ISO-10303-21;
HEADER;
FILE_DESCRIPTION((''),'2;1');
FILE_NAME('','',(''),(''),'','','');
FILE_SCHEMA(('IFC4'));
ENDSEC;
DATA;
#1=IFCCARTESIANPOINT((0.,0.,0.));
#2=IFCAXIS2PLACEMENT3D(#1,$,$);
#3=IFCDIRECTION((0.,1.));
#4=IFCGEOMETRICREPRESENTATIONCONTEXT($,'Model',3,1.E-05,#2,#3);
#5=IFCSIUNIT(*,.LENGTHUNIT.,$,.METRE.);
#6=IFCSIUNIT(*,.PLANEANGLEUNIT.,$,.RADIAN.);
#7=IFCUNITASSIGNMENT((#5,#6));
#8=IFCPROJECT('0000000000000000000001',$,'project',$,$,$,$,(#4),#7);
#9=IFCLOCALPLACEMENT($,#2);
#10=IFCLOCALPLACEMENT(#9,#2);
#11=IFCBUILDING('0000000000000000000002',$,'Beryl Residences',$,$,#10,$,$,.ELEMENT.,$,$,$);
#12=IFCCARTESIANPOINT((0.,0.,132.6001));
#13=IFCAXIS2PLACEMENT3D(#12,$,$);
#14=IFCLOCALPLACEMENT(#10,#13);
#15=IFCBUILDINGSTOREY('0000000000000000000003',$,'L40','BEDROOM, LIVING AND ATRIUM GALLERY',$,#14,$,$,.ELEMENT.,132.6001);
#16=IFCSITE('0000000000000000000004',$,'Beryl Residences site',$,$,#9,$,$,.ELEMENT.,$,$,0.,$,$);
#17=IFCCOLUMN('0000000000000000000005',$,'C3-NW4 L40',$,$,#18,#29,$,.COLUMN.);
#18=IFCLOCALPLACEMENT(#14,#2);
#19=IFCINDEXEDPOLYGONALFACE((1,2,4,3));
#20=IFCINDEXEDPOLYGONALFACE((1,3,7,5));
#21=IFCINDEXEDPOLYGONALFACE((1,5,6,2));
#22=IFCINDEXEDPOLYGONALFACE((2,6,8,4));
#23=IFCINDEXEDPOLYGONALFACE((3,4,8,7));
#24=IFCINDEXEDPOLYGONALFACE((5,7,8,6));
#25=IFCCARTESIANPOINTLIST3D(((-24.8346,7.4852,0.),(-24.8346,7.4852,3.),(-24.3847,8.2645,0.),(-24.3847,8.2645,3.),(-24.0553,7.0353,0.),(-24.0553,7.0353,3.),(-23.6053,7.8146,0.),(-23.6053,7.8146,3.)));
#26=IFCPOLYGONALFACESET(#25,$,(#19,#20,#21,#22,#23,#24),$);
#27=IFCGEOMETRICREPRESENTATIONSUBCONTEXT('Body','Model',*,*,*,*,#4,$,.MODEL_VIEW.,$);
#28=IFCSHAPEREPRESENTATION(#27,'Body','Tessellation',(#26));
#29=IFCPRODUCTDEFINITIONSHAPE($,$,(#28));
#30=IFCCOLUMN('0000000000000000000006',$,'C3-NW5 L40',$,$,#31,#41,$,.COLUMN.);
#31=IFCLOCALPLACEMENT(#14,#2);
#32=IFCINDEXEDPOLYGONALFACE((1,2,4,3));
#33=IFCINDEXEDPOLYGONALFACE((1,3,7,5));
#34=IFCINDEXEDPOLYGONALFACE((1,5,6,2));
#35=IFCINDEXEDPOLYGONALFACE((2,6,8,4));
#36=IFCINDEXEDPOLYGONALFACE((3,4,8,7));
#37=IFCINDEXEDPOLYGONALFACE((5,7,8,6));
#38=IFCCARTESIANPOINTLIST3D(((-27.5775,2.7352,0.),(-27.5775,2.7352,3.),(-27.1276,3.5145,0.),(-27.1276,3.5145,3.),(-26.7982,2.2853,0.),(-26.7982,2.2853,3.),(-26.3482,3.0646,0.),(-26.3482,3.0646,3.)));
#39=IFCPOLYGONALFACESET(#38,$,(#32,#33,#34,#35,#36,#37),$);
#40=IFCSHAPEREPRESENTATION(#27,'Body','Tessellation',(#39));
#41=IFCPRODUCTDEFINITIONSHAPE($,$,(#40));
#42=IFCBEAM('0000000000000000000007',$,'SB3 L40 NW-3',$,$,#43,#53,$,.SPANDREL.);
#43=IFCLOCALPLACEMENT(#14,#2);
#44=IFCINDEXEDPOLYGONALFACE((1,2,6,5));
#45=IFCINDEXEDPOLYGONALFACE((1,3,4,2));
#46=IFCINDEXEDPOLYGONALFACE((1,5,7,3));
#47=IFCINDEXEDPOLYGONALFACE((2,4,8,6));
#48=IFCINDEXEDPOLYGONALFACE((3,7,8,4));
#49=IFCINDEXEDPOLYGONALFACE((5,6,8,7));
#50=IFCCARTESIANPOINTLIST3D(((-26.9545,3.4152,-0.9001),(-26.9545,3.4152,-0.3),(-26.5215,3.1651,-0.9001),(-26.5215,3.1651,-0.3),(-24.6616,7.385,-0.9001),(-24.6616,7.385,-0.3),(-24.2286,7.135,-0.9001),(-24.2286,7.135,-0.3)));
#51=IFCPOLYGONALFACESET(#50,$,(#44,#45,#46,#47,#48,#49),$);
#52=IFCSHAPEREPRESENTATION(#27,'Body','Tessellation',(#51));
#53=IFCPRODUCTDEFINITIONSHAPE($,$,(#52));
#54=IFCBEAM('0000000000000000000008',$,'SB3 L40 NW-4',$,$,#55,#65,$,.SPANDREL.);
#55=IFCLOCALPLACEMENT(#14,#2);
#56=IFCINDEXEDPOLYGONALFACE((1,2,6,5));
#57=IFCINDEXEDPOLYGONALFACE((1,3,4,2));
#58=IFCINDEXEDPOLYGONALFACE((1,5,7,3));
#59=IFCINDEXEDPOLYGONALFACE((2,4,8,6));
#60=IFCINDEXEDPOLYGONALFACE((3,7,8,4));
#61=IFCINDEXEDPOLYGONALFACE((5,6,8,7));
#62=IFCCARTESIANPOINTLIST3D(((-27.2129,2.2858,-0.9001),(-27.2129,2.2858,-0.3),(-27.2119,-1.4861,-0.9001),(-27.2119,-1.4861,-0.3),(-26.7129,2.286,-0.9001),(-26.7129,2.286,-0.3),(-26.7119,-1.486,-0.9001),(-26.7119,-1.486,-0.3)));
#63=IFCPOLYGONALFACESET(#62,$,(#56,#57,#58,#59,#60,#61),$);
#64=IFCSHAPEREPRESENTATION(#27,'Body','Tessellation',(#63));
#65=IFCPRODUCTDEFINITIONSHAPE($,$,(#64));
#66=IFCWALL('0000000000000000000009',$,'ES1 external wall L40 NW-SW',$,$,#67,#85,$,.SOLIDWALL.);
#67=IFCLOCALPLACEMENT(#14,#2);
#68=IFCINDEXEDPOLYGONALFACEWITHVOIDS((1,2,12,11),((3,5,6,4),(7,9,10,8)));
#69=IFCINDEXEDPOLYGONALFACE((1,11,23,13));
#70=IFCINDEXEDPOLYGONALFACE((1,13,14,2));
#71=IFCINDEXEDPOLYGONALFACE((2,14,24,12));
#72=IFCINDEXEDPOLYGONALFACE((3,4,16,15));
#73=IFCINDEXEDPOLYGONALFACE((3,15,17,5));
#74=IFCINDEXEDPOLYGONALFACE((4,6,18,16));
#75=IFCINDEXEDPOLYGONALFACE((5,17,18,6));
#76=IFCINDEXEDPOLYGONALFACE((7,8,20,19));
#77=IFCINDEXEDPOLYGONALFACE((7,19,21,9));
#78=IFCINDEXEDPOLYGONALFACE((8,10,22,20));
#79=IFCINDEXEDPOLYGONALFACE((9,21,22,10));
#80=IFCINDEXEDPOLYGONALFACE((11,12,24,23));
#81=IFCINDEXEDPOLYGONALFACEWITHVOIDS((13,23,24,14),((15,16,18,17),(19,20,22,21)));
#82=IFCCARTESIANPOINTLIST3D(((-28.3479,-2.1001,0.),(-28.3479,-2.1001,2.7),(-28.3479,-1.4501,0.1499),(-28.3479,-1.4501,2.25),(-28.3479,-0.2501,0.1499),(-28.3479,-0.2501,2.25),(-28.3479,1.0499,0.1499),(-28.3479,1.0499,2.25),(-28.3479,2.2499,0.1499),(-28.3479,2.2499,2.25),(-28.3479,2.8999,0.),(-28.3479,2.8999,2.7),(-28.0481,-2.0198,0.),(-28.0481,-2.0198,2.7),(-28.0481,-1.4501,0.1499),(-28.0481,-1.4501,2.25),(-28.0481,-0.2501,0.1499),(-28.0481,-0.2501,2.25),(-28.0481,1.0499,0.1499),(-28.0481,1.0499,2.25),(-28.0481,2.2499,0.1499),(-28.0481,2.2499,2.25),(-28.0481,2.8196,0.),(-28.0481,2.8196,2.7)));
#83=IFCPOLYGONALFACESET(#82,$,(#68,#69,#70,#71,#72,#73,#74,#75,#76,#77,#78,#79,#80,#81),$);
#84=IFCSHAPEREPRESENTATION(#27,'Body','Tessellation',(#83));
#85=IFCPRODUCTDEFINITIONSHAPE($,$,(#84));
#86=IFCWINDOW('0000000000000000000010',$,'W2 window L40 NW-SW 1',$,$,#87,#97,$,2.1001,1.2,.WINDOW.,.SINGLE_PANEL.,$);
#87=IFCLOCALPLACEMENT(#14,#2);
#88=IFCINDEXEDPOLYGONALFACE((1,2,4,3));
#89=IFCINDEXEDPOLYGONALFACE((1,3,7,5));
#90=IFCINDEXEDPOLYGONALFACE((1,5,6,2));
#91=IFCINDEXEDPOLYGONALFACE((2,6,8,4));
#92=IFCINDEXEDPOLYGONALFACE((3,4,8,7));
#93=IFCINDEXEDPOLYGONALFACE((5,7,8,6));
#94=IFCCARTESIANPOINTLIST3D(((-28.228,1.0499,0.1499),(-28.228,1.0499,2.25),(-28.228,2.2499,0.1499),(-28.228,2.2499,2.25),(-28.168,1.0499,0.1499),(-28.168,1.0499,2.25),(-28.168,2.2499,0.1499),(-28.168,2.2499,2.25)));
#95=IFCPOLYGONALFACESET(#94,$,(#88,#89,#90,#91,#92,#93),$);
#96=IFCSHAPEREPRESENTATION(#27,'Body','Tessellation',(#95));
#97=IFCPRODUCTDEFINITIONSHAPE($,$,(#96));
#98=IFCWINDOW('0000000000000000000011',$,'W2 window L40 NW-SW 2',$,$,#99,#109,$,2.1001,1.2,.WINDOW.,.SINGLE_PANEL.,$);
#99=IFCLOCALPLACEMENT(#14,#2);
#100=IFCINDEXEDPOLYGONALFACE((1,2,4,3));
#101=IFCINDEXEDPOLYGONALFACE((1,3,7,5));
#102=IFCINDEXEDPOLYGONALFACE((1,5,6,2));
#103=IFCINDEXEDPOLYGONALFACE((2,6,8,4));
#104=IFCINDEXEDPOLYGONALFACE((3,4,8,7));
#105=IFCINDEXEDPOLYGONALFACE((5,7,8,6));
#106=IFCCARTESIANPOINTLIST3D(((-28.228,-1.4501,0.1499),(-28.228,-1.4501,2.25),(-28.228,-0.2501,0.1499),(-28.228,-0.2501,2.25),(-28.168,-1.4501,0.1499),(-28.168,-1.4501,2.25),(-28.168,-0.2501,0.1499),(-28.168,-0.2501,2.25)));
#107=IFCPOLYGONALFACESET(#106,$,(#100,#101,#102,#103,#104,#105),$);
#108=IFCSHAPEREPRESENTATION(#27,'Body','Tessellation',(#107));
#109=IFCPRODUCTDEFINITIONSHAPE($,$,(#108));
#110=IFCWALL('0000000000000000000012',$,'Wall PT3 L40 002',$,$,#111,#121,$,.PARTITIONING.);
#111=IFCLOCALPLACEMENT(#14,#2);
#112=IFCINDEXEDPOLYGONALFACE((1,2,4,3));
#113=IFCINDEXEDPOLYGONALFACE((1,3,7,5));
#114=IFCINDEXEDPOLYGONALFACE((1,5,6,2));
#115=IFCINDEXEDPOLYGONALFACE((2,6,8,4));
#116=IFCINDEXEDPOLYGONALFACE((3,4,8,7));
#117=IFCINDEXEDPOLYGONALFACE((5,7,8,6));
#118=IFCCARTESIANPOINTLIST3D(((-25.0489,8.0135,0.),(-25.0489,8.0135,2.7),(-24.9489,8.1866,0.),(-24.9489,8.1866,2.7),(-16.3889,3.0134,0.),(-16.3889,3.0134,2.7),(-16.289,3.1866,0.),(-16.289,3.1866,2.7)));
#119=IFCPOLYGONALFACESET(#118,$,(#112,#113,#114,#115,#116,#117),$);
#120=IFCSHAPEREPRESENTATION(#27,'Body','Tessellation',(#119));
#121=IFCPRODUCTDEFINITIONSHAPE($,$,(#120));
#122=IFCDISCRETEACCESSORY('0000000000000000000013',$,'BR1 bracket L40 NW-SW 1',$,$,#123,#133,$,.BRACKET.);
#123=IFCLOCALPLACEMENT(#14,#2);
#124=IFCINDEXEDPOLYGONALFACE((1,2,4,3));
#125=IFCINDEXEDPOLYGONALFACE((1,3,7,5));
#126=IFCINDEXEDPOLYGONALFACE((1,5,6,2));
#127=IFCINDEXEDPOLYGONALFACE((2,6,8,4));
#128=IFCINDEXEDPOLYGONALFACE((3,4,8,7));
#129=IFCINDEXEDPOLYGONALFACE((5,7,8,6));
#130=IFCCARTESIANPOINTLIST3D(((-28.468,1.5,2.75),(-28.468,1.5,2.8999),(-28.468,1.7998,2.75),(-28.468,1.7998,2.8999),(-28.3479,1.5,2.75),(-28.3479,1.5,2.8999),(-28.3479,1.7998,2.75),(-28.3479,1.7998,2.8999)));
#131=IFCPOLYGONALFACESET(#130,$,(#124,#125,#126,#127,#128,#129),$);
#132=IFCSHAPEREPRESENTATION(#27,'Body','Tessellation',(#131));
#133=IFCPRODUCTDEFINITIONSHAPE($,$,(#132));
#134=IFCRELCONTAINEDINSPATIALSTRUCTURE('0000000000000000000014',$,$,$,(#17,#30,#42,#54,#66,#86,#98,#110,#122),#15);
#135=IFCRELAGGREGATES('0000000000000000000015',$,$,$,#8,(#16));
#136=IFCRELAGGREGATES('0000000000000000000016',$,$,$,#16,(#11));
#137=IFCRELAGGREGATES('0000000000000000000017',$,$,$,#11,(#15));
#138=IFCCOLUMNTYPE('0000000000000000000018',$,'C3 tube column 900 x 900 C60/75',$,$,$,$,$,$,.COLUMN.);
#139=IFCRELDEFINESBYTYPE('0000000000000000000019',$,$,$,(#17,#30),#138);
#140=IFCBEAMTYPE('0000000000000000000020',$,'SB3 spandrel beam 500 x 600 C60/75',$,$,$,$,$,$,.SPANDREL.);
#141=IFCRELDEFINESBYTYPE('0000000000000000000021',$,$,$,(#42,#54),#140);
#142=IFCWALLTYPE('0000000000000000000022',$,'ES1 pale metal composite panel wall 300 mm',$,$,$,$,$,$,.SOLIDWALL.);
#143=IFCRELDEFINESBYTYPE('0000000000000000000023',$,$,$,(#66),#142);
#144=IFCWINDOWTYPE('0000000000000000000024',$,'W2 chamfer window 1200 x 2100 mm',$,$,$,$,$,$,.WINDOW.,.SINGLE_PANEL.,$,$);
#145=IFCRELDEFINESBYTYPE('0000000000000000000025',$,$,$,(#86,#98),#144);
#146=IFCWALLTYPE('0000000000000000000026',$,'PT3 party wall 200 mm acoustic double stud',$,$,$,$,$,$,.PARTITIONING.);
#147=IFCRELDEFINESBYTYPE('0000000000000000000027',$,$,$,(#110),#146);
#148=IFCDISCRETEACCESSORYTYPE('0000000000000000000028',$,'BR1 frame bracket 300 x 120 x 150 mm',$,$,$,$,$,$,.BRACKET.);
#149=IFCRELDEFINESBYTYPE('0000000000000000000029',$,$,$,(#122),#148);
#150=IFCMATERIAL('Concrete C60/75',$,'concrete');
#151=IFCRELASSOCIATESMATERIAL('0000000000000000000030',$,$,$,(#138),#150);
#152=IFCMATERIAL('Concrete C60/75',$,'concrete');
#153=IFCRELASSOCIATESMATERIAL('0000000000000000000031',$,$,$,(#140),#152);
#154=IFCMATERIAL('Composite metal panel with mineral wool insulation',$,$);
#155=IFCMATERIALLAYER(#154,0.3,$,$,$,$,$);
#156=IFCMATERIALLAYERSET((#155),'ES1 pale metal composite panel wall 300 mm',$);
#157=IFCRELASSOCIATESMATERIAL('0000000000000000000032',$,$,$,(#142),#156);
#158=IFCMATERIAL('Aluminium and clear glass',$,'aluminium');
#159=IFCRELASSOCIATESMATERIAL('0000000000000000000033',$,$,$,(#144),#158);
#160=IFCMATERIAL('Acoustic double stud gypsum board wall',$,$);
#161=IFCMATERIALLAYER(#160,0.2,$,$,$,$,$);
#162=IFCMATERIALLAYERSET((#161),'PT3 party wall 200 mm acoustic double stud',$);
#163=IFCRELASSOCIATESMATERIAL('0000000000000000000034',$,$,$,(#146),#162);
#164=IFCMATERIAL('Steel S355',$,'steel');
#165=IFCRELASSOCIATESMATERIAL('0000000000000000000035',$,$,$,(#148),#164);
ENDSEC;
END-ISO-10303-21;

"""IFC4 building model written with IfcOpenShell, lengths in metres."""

from ifc_helpers import new_model, si_unit, direction, frame, frame_2d, origin, origin_2d, place, context, subcontext, project, spatial, polyline, rectangle, outline, extrude, source, transform, mapped, material, layer, layer_set, material_profile, profile_set, type_object, type_shapes, element, fill, save


model = new_model("IFC4")

# Units and contexts
model_context = context("Model", 3, precision=1e-05, world=origin(), true_north=direction((0.0, 1.0)))
body_context = subcontext(model_context, "Body", "Model", "MODEL_VIEW")
ifc_project = project(units=[si_unit("LENGTHUNIT", "METRE"), si_unit("PLANEANGLEUNIT", "RADIAN")], contexts=[model_context])

# Site, building, storey
site_placement = place(None, origin())
site = spatial("IfcSite", under=ifc_project, at=site_placement, Name="Beryl Residences site", CompositionType="ELEMENT", RefElevation=0.0)
building_placement = place(site_placement, origin())
building = spatial("IfcBuilding", under=site, at=building_placement, Name="Beryl Residences", CompositionType="ELEMENT")
storey_placement = place(building_placement, frame((0.0, 0.0, 132.6001)))
storey = spatial("IfcBuildingStorey", under=building, at=storey_placement, Name="L40", Description="BEDROOM, LIVING AND ATRIUM GALLERY", CompositionType="ELEMENT", Elevation=132.6001)

# Columns
ifc_material_1 = material(Name="Concrete C60/75", Category="concrete")
ifc_material_profile_1 = material_profile(ifc_material_1, rectangle(XDim=0.8999, YDim=0.8999, at=origin_2d()))
ifc_profile_set_1 = profile_set([ifc_material_profile_1], Name="Concrete C60/75")
column_type = type_object("IfcColumnType", Name="C3 tube column 900 x 900 C60/75", PredefinedType="COLUMN", material=ifc_profile_set_1)
for number, where, z_axis, x_axis, name in (
    (1, (-24.22, 7.6499, 0.0), (0.0, 0.0, 1.0), (-0.5, -0.866025, 0.0), "C3-NW4 L40"),
    (2, (-26.9629, 2.8999, 0.0), (0.0, 0.0, 1.0), (-0.5, -0.866025, 0.0), "C3-NW5 L40"),
):
    element("IfcColumn", number, at=place(storey_placement, frame(where, z_axis=z_axis, x_axis=x_axis)), inside=storey, type_object=column_type, Name=name, PredefinedType="COLUMN", context=body_context, shape_type="SweptSolid", body=[
        extrude(rectangle(XDim=0.8999, YDim=0.8999, at=origin_2d()), origin(), (0.0, 0.0, 1.0), 3.0),
    ])

# Beams
ifc_material_2 = material(Name="Concrete C60/75", Category="concrete")
ifc_material_profile_2 = material_profile(ifc_material_2, rectangle(XDim=0.5, YDim=0.6001, at=origin_2d()))
ifc_profile_set_2 = profile_set([ifc_material_profile_2], Name="Concrete C60/75")
beam_type = type_object("IfcBeamType", Name="SB3 spandrel beam 500 x 600 C60/75", PredefinedType="SPANDREL", material=ifc_profile_set_2)
beam_1_placement = place(storey_placement, frame((-24.4451, 7.26, -0.6001), z_axis=(-0.500148, -0.86594, 0.0), x_axis=(0.86594, -0.500148, 0.0)))
element("IfcBeam", 3, at=beam_1_placement, inside=storey, type_object=beam_type, Name="SB3 L40 NW-3", PredefinedType="SPANDREL", context=body_context, shape_type="SweptSolid", body=[
    extrude(rectangle(XDim=0.5, YDim=0.6001, at=origin_2d()), origin(), (0.0, 0.0, 1.0), 4.5845),
])
beam_2_placement = place(storey_placement, frame((-26.9629, 2.2859, -0.6001), z_axis=(0.000259, -1.0, 0.0), x_axis=(1.0, 0.000259, 0.0)))
element("IfcBeam", 4, at=beam_2_placement, inside=storey, type_object=beam_type, Name="SB3 L40 NW-4", PredefinedType="SPANDREL", context=body_context, shape_type="SweptSolid", body=[
    extrude(rectangle(XDim=0.5, YDim=0.6001, at=origin_2d()), origin(), (0.0, 0.0, 1.0), 3.772),
])

# Wall, openings, windows
ifc_material_3 = material(Name="Composite metal panel with mineral wool insulation")
ifc_layer_1 = layer(ifc_material_3, 0.3)
ifc_layer_set_1 = layer_set([ifc_layer_1], Name="ES1 pale metal composite panel wall 300 mm")
wall_type_1 = type_object("IfcWallType", Name="ES1 pale metal composite panel wall 300 mm", PredefinedType="SOLIDWALL", material=ifc_layer_set_1)
wall_1_placement = place(storey_placement, frame((-28.198, 2.8999, 0.0), z_axis=(0.0, 0.0, 1.0), x_axis=(0.0, -1.0, 0.0)))
wall_1 = element("IfcWall", 5, at=wall_1_placement, inside=storey, type_object=wall_type_1, Name="ES1 external wall L40 NW-SW", PredefinedType="SOLIDWALL", context=body_context, shape_type="SweptSolid", body=[
    extrude(outline(polyline([(0.0, -0.1499), (5.0, -0.1499), (4.9197, 0.1499), (0.0803, 0.1499), (0.0, -0.1499)])), origin(), (0.0, 0.0, 1.0), 2.7),
])
opening_1_placement = place(wall_1_placement, frame((0.6499, 0.0, 0.1499)))
opening_1 = element("IfcOpeningElement", 6, at=opening_1_placement, cuts=wall_1, PredefinedType="OPENING", context=body_context, shape_type="SweptSolid", body=[
    extrude(rectangle(XDim=1.2, YDim=2.1001, at=frame_2d((0.6001, 1.05))), frame((0.0, 0.1599, 0.0), z_axis=(0.0, -1.0, 0.0), x_axis=(1.0, 0.0, 0.0)), (0.0, 0.0, 1.0), 0.3201),
])
opening_2_placement = place(wall_1_placement, frame((3.1499, 0.0, 0.1499)))
opening_2 = element("IfcOpeningElement", 7, at=opening_2_placement, cuts=wall_1, PredefinedType="OPENING", context=body_context, shape_type="SweptSolid", body=[
    extrude(rectangle(XDim=1.2, YDim=2.1001, at=frame_2d((0.6001, 1.05))), frame((0.0, 0.1599, 0.0), z_axis=(0.0, -1.0, 0.0), x_axis=(1.0, 0.0, 0.0)), (0.0, 0.0, 1.0), 0.3201),
])
ifc_material_4 = material(Name="Aluminium and clear glass", Category="aluminium")
window_type = type_object("IfcWindowType", Name="W2 chamfer window 1200 x 2100 mm", PartitioningType="SINGLE_PANEL", PredefinedType="WINDOW", material=ifc_material_4)
window_1_placement = place(opening_1_placement, origin())
window_1 = element("IfcWindow", 8, at=window_1_placement, inside=storey, type_object=window_type, Name="W2 window L40 NW-SW 1", OverallHeight=2.1001, OverallWidth=1.2, PartitioningType="SINGLE_PANEL", PredefinedType="WINDOW", context=body_context, shape_type="SweptSolid", body=[
    extrude(rectangle(XDim=1.2, YDim=2.1001, at=frame_2d((0.6001, 1.05))), frame((0.0, 0.03, 0.0), z_axis=(0.0, -1.0, 0.0), x_axis=(1.0, 0.0, 0.0)), (0.0, 0.0, 1.0), 0.0601),
])
fill(opening_1, window_1)
window_2_placement = place(opening_2_placement, origin())
window_2 = element("IfcWindow", 9, at=window_2_placement, inside=storey, type_object=window_type, Name="W2 window L40 NW-SW 2", OverallHeight=2.1001, OverallWidth=1.2, PartitioningType="SINGLE_PANEL", PredefinedType="WINDOW", context=body_context, shape_type="SweptSolid", body=[
    extrude(rectangle(XDim=1.2, YDim=2.1001, at=frame_2d((0.6001, 1.05))), frame((0.0, 0.03, 0.0), z_axis=(0.0, -1.0, 0.0), x_axis=(1.0, 0.0, 0.0)), (0.0, 0.0, 1.0), 0.0601),
])
fill(opening_2, window_2)

# Wall
ifc_material_5 = material(Name="Acoustic double stud gypsum board wall")
ifc_layer_2 = layer(ifc_material_5, 0.2)
ifc_layer_set_2 = layer_set([ifc_layer_2], Name="PT3 party wall 200 mm acoustic double stud")
wall_type_2 = type_object("IfcWallType", Name="PT3 party wall 200 mm acoustic double stud", PredefinedType="PARTITIONING", material=ifc_layer_set_2)
wall_2_placement = place(storey_placement, frame((-24.999, 8.1001, 0.0), z_axis=(0.0, 0.0, 1.0), x_axis=(0.866017, -0.500015, 0.0)))
element("IfcWall", 10, at=wall_2_placement, inside=storey, type_object=wall_type_2, Name="Wall PT3 L40 002", PredefinedType="PARTITIONING", context=body_context, shape_type="SweptSolid", body=[
    extrude(rectangle(XDim=9.9998, YDim=0.2, at=frame_2d((5.0, 0.0))), origin(), (0.0, 0.0, 1.0), 2.7),
])

# Discrete accessory
ifc_material_6 = material(Name="Steel S355", Category="steel")
discrete_accessory_type = type_object("IfcDiscreteAccessoryType", Name="BR1 frame bracket 300 x 120 x 150 mm", PredefinedType="BRACKET", material=ifc_material_6)
shared_shape_1 = source(origin(), body_context, "Body", "SweptSolid", [
    extrude(outline(polyline([(-0.1499, 0.0), (0.1499, 0.0), (0.1499, 0.1201), (-0.1499, 0.1201), (-0.1499, 0.0)])), origin(), (0.0, 0.0, 1.0), 0.1499),
])
type_shapes(discrete_accessory_type, [shared_shape_1])
discrete_accessory_placement = place(storey_placement, frame((-28.3479, 1.6499, 2.75), z_axis=(0.0, 0.0, 1.0), x_axis=(0.0, 1.0, 0.0)))
element("IfcDiscreteAccessory", 11, at=discrete_accessory_placement, inside=storey, type_object=discrete_accessory_type, Name="BR1 bracket L40 NW-SW 1", PredefinedType="BRACKET", context=body_context, shape_type="MappedRepresentation", body=[
    mapped(shared_shape_1, transform((0.0, 0.0, 0.0))),
])

save(model, "model.ifc")
